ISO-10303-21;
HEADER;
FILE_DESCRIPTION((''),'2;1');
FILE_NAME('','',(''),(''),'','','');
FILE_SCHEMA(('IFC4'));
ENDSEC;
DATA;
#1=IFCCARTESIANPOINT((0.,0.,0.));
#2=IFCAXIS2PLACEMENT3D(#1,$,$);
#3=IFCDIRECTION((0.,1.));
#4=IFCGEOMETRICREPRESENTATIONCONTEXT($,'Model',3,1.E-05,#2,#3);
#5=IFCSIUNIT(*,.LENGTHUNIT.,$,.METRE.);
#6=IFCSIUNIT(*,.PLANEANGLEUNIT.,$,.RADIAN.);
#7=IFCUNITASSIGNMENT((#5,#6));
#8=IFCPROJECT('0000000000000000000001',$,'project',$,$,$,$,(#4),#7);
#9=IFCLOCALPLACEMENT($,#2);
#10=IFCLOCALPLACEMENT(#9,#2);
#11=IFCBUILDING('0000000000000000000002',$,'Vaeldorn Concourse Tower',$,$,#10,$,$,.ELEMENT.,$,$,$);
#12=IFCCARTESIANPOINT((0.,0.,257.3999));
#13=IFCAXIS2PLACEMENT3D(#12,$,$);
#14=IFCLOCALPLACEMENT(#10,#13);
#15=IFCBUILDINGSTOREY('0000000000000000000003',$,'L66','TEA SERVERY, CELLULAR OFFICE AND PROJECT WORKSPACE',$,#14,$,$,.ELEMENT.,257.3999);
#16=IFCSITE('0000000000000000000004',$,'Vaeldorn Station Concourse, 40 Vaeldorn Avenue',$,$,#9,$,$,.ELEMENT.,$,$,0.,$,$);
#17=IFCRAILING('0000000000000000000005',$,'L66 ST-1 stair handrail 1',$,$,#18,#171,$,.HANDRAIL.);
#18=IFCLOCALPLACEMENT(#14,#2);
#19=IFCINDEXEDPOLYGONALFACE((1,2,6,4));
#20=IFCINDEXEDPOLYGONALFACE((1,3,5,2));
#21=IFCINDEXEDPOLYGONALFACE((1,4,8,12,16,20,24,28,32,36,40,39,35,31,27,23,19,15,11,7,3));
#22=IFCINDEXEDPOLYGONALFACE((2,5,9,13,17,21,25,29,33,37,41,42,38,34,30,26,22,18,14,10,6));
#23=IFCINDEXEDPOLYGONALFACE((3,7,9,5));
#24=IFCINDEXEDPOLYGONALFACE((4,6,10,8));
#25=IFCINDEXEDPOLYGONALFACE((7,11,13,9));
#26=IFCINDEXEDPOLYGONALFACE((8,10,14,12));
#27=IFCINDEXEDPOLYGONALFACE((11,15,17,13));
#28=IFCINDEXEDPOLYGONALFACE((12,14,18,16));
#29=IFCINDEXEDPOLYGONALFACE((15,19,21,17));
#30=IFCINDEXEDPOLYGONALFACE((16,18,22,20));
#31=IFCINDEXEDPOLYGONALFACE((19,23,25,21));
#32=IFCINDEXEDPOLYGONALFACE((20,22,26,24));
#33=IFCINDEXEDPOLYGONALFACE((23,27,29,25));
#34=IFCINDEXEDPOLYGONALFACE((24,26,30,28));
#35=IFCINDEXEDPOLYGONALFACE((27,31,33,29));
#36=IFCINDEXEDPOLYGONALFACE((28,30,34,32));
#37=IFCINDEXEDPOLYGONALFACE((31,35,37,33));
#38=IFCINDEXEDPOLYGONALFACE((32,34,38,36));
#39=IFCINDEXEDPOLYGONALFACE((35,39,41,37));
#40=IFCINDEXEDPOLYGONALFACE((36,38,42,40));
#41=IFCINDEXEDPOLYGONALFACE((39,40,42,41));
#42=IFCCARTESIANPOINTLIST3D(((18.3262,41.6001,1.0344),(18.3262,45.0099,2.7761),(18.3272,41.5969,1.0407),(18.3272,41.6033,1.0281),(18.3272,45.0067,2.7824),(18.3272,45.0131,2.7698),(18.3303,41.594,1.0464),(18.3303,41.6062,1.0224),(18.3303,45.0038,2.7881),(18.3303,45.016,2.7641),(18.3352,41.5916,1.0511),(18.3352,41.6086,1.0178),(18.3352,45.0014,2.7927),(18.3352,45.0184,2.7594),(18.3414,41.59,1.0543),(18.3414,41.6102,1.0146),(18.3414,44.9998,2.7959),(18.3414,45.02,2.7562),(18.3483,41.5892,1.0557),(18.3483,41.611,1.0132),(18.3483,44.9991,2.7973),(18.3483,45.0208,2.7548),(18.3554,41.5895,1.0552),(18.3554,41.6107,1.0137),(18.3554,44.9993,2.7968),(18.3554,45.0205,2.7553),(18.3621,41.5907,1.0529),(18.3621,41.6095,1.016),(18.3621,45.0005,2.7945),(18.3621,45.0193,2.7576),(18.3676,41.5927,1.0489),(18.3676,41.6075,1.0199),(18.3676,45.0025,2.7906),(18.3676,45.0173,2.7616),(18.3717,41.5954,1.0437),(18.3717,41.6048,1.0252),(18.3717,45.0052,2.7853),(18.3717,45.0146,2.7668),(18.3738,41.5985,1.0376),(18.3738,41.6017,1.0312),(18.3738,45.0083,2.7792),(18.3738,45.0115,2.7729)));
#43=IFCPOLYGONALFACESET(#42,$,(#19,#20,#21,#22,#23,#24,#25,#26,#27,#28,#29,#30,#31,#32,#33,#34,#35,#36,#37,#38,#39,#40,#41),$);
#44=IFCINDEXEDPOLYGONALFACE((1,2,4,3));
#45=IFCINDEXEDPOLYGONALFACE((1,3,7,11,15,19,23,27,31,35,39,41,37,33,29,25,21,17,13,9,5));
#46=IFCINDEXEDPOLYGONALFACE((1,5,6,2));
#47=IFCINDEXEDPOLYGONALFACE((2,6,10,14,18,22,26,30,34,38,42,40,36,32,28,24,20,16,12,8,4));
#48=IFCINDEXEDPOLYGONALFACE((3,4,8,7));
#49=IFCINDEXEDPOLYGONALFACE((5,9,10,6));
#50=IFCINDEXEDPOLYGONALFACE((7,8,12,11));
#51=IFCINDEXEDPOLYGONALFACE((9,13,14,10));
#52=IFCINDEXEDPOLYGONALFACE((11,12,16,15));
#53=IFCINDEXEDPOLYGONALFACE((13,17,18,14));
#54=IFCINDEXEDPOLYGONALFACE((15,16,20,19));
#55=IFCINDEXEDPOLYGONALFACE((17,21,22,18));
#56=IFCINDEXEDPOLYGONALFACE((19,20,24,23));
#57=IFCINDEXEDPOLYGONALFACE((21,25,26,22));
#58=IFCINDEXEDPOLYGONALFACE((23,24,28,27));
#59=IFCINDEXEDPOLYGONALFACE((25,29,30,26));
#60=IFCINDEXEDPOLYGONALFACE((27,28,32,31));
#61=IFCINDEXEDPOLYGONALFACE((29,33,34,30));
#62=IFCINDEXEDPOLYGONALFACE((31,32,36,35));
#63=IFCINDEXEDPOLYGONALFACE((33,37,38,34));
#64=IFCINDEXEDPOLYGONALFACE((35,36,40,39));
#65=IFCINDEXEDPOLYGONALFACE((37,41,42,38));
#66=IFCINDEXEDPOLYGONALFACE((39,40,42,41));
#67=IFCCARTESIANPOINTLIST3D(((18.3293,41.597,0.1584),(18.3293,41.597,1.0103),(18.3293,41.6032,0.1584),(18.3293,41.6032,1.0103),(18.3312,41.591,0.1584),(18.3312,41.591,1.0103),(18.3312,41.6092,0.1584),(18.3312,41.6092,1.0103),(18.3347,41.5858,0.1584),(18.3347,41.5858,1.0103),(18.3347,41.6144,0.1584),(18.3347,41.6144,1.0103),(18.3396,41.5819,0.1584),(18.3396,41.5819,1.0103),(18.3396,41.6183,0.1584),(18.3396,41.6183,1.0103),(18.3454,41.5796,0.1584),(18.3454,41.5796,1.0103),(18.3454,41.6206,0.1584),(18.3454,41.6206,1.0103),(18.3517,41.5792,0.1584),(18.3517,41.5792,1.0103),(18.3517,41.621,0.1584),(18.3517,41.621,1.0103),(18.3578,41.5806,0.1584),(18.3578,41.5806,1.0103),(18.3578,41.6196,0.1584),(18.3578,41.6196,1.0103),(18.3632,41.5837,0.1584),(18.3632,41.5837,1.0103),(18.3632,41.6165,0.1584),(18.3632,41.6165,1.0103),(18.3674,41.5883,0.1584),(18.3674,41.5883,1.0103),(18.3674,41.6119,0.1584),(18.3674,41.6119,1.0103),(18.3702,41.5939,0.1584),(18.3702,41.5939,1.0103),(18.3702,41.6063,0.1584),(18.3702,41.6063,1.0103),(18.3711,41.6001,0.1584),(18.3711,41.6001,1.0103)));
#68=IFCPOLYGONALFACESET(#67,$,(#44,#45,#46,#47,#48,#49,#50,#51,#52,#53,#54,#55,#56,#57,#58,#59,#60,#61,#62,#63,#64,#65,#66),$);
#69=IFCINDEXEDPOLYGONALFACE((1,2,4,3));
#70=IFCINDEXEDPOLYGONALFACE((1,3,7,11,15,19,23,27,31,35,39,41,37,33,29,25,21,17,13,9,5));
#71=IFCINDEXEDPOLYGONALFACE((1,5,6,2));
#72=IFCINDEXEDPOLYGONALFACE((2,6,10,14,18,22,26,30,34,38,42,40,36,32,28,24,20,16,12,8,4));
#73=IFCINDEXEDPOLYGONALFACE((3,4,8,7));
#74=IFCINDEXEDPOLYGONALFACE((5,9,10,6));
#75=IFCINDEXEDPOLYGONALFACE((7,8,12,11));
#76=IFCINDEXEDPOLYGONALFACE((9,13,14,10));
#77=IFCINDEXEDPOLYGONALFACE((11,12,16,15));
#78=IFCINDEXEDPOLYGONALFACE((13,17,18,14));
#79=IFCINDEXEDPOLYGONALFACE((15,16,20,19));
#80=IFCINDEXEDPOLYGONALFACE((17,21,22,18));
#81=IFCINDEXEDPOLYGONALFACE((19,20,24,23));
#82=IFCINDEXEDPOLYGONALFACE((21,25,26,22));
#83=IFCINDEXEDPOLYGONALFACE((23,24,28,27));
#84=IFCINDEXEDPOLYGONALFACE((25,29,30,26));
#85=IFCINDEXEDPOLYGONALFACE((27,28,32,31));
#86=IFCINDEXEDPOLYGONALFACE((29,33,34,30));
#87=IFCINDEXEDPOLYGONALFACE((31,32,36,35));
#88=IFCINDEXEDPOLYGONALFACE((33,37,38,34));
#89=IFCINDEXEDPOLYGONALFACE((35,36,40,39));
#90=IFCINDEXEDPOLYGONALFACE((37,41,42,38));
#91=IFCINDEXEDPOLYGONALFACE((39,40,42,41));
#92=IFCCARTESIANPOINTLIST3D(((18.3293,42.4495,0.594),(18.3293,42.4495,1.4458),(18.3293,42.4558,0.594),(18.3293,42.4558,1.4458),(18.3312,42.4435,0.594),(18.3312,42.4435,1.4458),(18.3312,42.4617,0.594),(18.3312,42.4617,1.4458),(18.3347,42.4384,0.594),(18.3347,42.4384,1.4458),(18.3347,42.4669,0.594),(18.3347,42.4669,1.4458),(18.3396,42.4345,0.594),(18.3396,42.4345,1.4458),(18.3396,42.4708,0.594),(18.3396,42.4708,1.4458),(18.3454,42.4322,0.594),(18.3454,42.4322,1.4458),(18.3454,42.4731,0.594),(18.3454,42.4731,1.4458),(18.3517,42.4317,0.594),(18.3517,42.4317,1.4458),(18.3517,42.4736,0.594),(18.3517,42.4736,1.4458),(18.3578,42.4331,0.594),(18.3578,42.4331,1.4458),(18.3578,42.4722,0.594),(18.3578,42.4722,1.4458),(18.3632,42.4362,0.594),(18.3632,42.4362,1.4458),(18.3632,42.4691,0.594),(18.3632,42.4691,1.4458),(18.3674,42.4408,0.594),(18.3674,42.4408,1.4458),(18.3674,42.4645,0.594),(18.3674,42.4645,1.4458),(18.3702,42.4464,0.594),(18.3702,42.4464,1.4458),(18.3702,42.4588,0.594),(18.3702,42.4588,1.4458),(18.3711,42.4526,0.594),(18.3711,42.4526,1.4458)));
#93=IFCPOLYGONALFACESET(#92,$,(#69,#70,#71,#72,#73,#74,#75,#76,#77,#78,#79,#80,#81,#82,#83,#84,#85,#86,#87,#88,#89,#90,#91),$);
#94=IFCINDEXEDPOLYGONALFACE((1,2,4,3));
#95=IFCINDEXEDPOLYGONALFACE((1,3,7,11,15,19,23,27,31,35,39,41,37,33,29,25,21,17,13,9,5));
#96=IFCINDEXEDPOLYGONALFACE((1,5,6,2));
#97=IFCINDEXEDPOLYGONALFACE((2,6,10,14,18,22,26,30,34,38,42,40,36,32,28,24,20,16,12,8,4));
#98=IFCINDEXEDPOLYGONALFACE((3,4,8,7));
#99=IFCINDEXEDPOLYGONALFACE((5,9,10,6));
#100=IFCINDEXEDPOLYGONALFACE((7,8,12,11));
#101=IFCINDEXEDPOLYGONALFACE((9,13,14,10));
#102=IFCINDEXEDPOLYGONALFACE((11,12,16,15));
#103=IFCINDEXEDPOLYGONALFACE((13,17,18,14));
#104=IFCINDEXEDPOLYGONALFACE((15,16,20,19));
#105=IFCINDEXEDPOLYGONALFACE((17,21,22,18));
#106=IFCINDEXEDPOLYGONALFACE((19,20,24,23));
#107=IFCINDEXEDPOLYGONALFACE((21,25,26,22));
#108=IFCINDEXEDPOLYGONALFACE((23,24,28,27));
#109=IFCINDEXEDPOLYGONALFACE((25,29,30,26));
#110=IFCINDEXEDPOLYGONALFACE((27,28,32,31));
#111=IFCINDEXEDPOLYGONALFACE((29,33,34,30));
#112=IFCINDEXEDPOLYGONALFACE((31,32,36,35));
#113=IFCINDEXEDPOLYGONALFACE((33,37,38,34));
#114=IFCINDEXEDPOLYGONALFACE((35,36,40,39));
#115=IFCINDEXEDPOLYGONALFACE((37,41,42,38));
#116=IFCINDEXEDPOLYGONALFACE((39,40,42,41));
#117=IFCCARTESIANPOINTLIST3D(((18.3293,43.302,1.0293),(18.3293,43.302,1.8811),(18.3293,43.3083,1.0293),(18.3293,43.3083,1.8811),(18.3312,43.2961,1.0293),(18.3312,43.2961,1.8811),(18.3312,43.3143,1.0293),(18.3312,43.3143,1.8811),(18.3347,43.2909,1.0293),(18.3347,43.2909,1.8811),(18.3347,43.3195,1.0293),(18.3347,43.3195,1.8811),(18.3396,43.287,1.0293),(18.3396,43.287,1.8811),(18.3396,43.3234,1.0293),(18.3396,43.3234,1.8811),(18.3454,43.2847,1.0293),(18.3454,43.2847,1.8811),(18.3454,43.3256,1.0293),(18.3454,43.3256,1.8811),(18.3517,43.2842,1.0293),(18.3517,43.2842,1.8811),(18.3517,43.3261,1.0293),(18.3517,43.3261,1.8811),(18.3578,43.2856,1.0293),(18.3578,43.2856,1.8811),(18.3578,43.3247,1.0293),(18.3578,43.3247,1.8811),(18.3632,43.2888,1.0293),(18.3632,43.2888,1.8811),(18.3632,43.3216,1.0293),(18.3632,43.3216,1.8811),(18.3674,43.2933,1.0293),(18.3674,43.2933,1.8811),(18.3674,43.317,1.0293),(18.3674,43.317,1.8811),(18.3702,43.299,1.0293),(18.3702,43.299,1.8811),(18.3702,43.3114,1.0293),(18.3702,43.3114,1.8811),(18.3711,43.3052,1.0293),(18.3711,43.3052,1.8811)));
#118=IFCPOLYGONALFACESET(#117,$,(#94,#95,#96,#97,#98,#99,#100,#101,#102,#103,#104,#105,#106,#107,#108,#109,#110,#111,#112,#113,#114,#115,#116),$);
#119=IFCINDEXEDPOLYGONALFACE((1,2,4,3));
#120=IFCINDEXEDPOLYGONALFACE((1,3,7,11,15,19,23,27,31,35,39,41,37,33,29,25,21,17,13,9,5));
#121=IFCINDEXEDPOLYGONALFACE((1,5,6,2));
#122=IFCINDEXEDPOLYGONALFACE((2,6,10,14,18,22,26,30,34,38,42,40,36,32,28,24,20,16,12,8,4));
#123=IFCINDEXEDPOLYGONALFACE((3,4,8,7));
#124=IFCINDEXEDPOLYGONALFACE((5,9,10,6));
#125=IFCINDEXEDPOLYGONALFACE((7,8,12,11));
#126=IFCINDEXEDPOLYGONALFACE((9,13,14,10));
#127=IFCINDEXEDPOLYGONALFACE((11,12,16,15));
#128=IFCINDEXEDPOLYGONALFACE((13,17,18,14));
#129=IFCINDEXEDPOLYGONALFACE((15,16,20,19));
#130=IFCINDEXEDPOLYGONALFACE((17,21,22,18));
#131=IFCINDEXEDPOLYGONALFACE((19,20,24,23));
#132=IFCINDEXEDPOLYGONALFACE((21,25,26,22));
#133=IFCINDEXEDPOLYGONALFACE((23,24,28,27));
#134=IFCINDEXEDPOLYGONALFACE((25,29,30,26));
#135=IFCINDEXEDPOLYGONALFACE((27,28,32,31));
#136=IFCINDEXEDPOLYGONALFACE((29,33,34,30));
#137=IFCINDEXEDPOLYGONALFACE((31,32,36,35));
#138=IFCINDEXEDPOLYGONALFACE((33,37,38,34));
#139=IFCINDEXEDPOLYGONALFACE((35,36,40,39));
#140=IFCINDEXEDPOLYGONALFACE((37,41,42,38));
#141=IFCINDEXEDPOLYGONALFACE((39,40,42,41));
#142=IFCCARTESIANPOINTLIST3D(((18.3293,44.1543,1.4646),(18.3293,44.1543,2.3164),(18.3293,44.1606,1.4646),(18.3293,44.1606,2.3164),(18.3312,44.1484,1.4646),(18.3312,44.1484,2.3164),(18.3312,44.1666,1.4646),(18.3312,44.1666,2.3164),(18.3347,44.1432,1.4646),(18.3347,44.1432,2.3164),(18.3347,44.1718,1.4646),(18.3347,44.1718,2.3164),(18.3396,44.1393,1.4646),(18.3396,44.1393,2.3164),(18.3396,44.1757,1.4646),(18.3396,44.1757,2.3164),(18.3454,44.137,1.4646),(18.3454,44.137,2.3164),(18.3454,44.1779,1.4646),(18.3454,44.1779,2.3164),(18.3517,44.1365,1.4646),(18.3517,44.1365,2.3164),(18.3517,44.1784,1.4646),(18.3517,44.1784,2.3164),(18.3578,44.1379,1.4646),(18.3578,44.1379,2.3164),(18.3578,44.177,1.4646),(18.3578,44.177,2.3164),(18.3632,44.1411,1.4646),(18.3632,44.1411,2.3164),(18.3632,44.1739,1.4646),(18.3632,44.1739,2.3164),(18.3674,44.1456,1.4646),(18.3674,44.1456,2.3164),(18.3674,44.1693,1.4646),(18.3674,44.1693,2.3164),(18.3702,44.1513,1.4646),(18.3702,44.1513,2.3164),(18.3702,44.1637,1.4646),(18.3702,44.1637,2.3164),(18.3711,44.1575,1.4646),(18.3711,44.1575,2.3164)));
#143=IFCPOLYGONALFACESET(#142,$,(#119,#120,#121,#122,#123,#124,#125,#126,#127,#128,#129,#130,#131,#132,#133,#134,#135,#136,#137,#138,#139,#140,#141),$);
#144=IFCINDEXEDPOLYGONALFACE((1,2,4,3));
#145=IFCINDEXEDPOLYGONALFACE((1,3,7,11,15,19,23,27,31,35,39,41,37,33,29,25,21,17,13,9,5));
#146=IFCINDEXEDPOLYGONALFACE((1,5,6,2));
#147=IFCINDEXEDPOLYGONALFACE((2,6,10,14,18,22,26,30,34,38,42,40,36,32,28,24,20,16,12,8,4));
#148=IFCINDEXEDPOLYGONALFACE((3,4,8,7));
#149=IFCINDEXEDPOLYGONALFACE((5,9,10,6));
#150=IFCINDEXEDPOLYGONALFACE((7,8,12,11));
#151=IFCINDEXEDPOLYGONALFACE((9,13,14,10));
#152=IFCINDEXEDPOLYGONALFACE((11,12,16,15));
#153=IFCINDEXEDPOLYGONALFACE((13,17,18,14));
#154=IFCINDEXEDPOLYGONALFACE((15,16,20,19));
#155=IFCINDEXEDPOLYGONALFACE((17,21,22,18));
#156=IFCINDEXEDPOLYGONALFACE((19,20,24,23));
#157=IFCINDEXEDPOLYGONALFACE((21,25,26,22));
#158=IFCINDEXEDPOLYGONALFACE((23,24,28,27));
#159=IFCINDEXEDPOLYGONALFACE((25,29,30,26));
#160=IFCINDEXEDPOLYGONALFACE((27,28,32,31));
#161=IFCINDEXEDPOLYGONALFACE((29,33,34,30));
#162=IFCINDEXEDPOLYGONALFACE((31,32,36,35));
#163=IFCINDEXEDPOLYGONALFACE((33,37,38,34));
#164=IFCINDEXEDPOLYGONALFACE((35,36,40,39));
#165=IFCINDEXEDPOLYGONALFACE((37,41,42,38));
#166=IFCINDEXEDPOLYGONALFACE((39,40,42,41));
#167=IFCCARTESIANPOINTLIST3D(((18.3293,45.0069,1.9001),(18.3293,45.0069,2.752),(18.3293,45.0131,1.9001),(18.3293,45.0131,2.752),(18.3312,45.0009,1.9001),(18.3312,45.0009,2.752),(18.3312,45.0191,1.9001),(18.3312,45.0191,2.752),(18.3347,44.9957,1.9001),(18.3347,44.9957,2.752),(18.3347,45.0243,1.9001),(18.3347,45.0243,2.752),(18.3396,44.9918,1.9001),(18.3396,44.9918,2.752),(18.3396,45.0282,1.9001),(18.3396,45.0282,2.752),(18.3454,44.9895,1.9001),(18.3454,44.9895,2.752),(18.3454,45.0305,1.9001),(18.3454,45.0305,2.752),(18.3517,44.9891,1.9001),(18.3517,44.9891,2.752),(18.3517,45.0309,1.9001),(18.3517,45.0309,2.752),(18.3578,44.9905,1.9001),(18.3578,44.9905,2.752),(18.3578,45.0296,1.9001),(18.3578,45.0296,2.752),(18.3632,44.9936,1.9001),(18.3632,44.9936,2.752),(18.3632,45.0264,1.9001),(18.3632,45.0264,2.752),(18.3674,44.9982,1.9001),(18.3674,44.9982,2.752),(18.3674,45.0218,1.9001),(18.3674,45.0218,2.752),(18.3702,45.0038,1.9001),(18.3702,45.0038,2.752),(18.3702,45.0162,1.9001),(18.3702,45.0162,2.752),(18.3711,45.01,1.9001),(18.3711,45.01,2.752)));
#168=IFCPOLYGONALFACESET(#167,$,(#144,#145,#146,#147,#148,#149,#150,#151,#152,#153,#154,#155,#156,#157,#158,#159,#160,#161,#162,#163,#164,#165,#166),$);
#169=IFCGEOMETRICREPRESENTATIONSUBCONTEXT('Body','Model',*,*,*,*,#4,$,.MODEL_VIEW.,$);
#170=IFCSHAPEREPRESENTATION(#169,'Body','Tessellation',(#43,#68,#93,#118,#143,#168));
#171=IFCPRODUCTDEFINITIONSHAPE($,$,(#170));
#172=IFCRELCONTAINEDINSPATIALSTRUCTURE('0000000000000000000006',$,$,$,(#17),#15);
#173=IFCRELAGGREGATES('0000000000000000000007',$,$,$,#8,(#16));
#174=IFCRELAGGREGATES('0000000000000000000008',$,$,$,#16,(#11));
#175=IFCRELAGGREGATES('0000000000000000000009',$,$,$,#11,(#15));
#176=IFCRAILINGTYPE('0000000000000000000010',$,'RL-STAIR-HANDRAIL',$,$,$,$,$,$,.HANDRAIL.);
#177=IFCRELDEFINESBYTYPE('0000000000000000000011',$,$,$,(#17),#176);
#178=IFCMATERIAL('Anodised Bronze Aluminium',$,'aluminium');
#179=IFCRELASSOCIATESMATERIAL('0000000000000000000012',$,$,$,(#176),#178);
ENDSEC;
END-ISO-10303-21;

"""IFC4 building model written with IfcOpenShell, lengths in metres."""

from ifc_helpers import new_model, si_unit, direction, frame, origin, origin_2d, place, context, subcontext, project, spatial, circle, extrude, material, type_object, element, save


model = new_model("IFC4")

# Units and contexts
model_context = context("Model", 3, precision=1e-05, world=origin(), true_north=direction((0.0, 1.0)))
body_context = subcontext(model_context, "Body", "Model", "MODEL_VIEW")
ifc_project = project(units=[si_unit("LENGTHUNIT", "METRE"), si_unit("PLANEANGLEUNIT", "RADIAN")], contexts=[model_context])

# Site, building, storey
site_placement = place(None, origin())
site = spatial("IfcSite", under=ifc_project, at=site_placement, Name="Vaeldorn Station Concourse, 40 Vaeldorn Avenue", CompositionType="ELEMENT", RefElevation=0.0)
building_placement = place(site_placement, origin())
building = spatial("IfcBuilding", under=site, at=building_placement, Name="Vaeldorn Concourse Tower", CompositionType="ELEMENT")
storey_placement = place(building_placement, frame((0.0, 0.0, 257.3999)))
storey = spatial("IfcBuildingStorey", under=building, at=storey_placement, Name="L66", Description="TEA SERVERY, CELLULAR OFFICE AND PROJECT WORKSPACE", CompositionType="ELEMENT", Elevation=257.3999)

# Shared definitions
ifc_material_1 = material(Name="Anodised Bronze Aluminium", Category="aluminium")

# Railing
railing_type_1 = type_object("IfcRailingType", Name="RL-STAIR-HANDRAIL", PredefinedType="HANDRAIL", material=ifc_material_1)
railing_1_placement = place(storey_placement, frame((18.3501, 41.6001, 0.1584)))
element("IfcRailing", 1, at=railing_1_placement, inside=storey, type_object=railing_type_1, Name="L66 ST-1 stair handrail 1", PredefinedType="HANDRAIL", context=body_context, shape_type="SweptSolid", body=[
    extrude(circle(Radius=0.0239, at=origin_2d()), frame((0.0, 0.0, 0.876), z_axis=(0.0, 0.890556, 0.454874), x_axis=(-1.0, 0.0, 0.0)), (0.0, 0.0, 1.0), 3.8289),
    extrude(circle(Radius=0.021, at=origin_2d()), origin(), (0.0, 0.0, 1.0), 0.8518),
    extrude(circle(Radius=0.021, at=origin_2d()), frame((0.0, 0.8525, 0.4355)), (0.0, 0.0, 1.0), 0.8518),
    extrude(circle(Radius=0.021, at=origin_2d()), frame((0.0, 1.7051, 0.8708)), (0.0, 0.0, 1.0), 0.8518),
    extrude(circle(Radius=0.021, at=origin_2d()), frame((0.0, 2.5574, 1.3062)), (0.0, 0.0, 1.0), 0.8518),
    extrude(circle(Radius=0.021, at=origin_2d()), frame((0.0, 3.4099, 1.7417)), (0.0, 0.0, 1.0), 0.8518),
])

save(model, "model.ifc")
